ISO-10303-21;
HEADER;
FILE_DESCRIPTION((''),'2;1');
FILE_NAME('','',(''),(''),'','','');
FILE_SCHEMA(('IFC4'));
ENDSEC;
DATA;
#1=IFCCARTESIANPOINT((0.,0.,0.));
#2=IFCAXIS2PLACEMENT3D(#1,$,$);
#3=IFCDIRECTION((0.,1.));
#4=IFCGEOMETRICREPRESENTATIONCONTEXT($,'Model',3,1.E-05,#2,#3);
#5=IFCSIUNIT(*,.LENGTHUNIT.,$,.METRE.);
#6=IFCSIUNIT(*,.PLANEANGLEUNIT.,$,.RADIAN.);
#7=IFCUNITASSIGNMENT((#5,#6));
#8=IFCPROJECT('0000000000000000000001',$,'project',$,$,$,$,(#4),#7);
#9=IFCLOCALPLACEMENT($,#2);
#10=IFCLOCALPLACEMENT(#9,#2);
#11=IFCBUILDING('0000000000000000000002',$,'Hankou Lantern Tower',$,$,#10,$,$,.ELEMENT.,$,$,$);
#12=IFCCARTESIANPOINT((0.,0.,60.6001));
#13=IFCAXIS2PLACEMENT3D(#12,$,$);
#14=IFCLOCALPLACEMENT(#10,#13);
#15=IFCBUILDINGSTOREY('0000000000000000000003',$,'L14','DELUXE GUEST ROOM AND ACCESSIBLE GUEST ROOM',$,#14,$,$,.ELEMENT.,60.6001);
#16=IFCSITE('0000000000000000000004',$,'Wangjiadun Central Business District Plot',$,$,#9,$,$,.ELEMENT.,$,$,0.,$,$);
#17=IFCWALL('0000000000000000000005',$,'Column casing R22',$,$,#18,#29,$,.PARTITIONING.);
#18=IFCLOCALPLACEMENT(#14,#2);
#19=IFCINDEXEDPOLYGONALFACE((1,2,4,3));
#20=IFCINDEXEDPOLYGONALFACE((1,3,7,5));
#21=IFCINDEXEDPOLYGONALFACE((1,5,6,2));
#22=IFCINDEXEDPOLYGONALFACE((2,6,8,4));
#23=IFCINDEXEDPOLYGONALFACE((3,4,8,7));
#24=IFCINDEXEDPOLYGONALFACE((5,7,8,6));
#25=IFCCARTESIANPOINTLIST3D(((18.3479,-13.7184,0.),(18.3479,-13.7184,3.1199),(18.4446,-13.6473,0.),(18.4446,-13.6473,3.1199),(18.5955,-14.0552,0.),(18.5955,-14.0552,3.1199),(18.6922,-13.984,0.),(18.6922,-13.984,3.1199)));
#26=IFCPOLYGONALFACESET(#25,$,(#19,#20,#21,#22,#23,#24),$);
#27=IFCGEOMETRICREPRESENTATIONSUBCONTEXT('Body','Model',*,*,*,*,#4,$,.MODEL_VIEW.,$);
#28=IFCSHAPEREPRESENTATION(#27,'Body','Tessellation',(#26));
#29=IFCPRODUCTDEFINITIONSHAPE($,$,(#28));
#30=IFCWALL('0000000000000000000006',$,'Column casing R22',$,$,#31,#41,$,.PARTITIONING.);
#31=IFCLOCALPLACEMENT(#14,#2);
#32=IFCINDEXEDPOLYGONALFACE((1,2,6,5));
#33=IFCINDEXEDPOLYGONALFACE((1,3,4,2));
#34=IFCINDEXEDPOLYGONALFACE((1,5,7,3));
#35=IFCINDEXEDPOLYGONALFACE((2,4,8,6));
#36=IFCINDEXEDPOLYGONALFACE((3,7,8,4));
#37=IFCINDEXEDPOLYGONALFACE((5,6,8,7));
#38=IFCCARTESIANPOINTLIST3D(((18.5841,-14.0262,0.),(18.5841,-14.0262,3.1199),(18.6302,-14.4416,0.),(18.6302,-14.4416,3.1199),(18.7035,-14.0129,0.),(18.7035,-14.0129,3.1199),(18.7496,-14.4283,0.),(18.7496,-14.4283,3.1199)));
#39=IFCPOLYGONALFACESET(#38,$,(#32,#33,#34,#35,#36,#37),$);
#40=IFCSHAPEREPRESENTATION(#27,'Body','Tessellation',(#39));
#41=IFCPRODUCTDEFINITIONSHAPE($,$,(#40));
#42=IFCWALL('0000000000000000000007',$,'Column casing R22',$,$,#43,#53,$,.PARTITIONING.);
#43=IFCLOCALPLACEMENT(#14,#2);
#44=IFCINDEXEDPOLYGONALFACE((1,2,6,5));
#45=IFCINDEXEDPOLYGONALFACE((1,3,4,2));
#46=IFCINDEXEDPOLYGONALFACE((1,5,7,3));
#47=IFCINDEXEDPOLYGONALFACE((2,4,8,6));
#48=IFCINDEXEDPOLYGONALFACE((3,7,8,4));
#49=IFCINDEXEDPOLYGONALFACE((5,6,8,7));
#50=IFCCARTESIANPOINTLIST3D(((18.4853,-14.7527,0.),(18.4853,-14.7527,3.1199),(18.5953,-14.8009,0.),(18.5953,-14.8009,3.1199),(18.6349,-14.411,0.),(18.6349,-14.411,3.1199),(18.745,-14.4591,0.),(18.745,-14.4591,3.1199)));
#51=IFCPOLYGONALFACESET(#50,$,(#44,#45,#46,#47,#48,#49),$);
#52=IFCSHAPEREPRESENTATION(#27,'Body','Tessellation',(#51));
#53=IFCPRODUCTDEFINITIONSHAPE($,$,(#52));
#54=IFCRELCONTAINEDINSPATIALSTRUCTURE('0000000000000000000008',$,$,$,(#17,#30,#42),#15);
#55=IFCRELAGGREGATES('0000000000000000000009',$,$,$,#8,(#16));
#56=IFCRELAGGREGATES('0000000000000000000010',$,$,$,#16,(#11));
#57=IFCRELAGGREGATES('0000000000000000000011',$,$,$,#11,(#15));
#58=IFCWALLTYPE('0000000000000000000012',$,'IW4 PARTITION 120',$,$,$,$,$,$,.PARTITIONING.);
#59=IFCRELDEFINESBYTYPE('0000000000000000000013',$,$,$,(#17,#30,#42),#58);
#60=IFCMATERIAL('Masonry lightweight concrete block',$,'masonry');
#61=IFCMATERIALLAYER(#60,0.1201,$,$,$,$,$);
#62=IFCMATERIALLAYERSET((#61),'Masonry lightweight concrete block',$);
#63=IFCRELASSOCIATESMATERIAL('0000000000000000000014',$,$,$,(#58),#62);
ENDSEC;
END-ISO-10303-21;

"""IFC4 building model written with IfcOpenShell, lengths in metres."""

from ifc_helpers import new_model, si_unit, direction, frame, frame_2d, origin, place, context, subcontext, project, spatial, rectangle, extrude, material, layer, layer_set, type_object, element, save


model = new_model("IFC4")

# Units and contexts
model_context = context("Model", 3, precision=1e-05, world=origin(), true_north=direction((0.0, 1.0)))
body_context = subcontext(model_context, "Body", "Model", "MODEL_VIEW")
ifc_project = project(units=[si_unit("LENGTHUNIT", "METRE"), si_unit("PLANEANGLEUNIT", "RADIAN")], contexts=[model_context])

# Site, building, storey
site_placement = place(None, origin())
site = spatial("IfcSite", under=ifc_project, at=site_placement, Name="Wangjiadun Central Business District Plot", CompositionType="ELEMENT", RefElevation=0.0)
building_placement = place(site_placement, origin())
building = spatial("IfcBuilding", under=site, at=building_placement, Name="Hankou Lantern Tower", CompositionType="ELEMENT")
storey_placement = place(building_placement, frame((0.0, 0.0, 60.6001)))
storey = spatial("IfcBuildingStorey", under=building, at=storey_placement, Name="L14", Description="DELUXE GUEST ROOM AND ACCESSIBLE GUEST ROOM", CompositionType="ELEMENT", Elevation=60.6001)

# Walls
ifc_material_1 = material(Name="Masonry lightweight concrete block", Category="masonry")
ifc_layer_1 = layer(ifc_material_1, 0.1201)
ifc_layer_set_1 = layer_set([ifc_layer_1], Name="Masonry lightweight concrete block")
wall_type_1 = type_object("IfcWallType", Name="IW4 PARTITION 120", PredefinedType="PARTITIONING", material=ifc_layer_set_1)
for number, where, z_axis, x_axis, name in (
    (1, (18.3962, -13.6829, 0.0), (0.0, 0.0, 1.0), (0.592402, -0.805643, 0.0), "Column casing R22"),
    (2, (18.6438, -14.0195, 0.0), (0.0, 0.0, 1.0), (0.110367, -0.993891, 0.0), "Column casing R22"),
):
    element("IfcWall", number, at=place(storey_placement, frame(where, z_axis=z_axis, x_axis=x_axis)), inside=storey, type_object=wall_type_1, Name=name, PredefinedType="PARTITIONING", context=body_context, shape_type="SweptSolid", body=[
        extrude(rectangle(XDim=0.418, YDim=0.1201, at=frame_2d((0.209, 0.0))), origin(), (0.0, 0.0, 1.0), 3.1199),
    ])
wall_1_placement = place(storey_placement, frame((18.6899, -14.4351, 0.0), z_axis=(0.0, 0.0, 1.0), x_axis=(-0.401093, -0.916037, 0.0)))
element("IfcWall", 3, at=wall_1_placement, inside=storey, type_object=wall_type_1, Name="Column casing R22", PredefinedType="PARTITIONING", context=body_context, shape_type="SweptSolid", body=[
    extrude(rectangle(XDim=0.373, YDim=0.1201, at=frame_2d((0.1865, 0.0))), origin(), (0.0, 0.0, 1.0), 3.1199),
])

save(model, "model.ifc")
